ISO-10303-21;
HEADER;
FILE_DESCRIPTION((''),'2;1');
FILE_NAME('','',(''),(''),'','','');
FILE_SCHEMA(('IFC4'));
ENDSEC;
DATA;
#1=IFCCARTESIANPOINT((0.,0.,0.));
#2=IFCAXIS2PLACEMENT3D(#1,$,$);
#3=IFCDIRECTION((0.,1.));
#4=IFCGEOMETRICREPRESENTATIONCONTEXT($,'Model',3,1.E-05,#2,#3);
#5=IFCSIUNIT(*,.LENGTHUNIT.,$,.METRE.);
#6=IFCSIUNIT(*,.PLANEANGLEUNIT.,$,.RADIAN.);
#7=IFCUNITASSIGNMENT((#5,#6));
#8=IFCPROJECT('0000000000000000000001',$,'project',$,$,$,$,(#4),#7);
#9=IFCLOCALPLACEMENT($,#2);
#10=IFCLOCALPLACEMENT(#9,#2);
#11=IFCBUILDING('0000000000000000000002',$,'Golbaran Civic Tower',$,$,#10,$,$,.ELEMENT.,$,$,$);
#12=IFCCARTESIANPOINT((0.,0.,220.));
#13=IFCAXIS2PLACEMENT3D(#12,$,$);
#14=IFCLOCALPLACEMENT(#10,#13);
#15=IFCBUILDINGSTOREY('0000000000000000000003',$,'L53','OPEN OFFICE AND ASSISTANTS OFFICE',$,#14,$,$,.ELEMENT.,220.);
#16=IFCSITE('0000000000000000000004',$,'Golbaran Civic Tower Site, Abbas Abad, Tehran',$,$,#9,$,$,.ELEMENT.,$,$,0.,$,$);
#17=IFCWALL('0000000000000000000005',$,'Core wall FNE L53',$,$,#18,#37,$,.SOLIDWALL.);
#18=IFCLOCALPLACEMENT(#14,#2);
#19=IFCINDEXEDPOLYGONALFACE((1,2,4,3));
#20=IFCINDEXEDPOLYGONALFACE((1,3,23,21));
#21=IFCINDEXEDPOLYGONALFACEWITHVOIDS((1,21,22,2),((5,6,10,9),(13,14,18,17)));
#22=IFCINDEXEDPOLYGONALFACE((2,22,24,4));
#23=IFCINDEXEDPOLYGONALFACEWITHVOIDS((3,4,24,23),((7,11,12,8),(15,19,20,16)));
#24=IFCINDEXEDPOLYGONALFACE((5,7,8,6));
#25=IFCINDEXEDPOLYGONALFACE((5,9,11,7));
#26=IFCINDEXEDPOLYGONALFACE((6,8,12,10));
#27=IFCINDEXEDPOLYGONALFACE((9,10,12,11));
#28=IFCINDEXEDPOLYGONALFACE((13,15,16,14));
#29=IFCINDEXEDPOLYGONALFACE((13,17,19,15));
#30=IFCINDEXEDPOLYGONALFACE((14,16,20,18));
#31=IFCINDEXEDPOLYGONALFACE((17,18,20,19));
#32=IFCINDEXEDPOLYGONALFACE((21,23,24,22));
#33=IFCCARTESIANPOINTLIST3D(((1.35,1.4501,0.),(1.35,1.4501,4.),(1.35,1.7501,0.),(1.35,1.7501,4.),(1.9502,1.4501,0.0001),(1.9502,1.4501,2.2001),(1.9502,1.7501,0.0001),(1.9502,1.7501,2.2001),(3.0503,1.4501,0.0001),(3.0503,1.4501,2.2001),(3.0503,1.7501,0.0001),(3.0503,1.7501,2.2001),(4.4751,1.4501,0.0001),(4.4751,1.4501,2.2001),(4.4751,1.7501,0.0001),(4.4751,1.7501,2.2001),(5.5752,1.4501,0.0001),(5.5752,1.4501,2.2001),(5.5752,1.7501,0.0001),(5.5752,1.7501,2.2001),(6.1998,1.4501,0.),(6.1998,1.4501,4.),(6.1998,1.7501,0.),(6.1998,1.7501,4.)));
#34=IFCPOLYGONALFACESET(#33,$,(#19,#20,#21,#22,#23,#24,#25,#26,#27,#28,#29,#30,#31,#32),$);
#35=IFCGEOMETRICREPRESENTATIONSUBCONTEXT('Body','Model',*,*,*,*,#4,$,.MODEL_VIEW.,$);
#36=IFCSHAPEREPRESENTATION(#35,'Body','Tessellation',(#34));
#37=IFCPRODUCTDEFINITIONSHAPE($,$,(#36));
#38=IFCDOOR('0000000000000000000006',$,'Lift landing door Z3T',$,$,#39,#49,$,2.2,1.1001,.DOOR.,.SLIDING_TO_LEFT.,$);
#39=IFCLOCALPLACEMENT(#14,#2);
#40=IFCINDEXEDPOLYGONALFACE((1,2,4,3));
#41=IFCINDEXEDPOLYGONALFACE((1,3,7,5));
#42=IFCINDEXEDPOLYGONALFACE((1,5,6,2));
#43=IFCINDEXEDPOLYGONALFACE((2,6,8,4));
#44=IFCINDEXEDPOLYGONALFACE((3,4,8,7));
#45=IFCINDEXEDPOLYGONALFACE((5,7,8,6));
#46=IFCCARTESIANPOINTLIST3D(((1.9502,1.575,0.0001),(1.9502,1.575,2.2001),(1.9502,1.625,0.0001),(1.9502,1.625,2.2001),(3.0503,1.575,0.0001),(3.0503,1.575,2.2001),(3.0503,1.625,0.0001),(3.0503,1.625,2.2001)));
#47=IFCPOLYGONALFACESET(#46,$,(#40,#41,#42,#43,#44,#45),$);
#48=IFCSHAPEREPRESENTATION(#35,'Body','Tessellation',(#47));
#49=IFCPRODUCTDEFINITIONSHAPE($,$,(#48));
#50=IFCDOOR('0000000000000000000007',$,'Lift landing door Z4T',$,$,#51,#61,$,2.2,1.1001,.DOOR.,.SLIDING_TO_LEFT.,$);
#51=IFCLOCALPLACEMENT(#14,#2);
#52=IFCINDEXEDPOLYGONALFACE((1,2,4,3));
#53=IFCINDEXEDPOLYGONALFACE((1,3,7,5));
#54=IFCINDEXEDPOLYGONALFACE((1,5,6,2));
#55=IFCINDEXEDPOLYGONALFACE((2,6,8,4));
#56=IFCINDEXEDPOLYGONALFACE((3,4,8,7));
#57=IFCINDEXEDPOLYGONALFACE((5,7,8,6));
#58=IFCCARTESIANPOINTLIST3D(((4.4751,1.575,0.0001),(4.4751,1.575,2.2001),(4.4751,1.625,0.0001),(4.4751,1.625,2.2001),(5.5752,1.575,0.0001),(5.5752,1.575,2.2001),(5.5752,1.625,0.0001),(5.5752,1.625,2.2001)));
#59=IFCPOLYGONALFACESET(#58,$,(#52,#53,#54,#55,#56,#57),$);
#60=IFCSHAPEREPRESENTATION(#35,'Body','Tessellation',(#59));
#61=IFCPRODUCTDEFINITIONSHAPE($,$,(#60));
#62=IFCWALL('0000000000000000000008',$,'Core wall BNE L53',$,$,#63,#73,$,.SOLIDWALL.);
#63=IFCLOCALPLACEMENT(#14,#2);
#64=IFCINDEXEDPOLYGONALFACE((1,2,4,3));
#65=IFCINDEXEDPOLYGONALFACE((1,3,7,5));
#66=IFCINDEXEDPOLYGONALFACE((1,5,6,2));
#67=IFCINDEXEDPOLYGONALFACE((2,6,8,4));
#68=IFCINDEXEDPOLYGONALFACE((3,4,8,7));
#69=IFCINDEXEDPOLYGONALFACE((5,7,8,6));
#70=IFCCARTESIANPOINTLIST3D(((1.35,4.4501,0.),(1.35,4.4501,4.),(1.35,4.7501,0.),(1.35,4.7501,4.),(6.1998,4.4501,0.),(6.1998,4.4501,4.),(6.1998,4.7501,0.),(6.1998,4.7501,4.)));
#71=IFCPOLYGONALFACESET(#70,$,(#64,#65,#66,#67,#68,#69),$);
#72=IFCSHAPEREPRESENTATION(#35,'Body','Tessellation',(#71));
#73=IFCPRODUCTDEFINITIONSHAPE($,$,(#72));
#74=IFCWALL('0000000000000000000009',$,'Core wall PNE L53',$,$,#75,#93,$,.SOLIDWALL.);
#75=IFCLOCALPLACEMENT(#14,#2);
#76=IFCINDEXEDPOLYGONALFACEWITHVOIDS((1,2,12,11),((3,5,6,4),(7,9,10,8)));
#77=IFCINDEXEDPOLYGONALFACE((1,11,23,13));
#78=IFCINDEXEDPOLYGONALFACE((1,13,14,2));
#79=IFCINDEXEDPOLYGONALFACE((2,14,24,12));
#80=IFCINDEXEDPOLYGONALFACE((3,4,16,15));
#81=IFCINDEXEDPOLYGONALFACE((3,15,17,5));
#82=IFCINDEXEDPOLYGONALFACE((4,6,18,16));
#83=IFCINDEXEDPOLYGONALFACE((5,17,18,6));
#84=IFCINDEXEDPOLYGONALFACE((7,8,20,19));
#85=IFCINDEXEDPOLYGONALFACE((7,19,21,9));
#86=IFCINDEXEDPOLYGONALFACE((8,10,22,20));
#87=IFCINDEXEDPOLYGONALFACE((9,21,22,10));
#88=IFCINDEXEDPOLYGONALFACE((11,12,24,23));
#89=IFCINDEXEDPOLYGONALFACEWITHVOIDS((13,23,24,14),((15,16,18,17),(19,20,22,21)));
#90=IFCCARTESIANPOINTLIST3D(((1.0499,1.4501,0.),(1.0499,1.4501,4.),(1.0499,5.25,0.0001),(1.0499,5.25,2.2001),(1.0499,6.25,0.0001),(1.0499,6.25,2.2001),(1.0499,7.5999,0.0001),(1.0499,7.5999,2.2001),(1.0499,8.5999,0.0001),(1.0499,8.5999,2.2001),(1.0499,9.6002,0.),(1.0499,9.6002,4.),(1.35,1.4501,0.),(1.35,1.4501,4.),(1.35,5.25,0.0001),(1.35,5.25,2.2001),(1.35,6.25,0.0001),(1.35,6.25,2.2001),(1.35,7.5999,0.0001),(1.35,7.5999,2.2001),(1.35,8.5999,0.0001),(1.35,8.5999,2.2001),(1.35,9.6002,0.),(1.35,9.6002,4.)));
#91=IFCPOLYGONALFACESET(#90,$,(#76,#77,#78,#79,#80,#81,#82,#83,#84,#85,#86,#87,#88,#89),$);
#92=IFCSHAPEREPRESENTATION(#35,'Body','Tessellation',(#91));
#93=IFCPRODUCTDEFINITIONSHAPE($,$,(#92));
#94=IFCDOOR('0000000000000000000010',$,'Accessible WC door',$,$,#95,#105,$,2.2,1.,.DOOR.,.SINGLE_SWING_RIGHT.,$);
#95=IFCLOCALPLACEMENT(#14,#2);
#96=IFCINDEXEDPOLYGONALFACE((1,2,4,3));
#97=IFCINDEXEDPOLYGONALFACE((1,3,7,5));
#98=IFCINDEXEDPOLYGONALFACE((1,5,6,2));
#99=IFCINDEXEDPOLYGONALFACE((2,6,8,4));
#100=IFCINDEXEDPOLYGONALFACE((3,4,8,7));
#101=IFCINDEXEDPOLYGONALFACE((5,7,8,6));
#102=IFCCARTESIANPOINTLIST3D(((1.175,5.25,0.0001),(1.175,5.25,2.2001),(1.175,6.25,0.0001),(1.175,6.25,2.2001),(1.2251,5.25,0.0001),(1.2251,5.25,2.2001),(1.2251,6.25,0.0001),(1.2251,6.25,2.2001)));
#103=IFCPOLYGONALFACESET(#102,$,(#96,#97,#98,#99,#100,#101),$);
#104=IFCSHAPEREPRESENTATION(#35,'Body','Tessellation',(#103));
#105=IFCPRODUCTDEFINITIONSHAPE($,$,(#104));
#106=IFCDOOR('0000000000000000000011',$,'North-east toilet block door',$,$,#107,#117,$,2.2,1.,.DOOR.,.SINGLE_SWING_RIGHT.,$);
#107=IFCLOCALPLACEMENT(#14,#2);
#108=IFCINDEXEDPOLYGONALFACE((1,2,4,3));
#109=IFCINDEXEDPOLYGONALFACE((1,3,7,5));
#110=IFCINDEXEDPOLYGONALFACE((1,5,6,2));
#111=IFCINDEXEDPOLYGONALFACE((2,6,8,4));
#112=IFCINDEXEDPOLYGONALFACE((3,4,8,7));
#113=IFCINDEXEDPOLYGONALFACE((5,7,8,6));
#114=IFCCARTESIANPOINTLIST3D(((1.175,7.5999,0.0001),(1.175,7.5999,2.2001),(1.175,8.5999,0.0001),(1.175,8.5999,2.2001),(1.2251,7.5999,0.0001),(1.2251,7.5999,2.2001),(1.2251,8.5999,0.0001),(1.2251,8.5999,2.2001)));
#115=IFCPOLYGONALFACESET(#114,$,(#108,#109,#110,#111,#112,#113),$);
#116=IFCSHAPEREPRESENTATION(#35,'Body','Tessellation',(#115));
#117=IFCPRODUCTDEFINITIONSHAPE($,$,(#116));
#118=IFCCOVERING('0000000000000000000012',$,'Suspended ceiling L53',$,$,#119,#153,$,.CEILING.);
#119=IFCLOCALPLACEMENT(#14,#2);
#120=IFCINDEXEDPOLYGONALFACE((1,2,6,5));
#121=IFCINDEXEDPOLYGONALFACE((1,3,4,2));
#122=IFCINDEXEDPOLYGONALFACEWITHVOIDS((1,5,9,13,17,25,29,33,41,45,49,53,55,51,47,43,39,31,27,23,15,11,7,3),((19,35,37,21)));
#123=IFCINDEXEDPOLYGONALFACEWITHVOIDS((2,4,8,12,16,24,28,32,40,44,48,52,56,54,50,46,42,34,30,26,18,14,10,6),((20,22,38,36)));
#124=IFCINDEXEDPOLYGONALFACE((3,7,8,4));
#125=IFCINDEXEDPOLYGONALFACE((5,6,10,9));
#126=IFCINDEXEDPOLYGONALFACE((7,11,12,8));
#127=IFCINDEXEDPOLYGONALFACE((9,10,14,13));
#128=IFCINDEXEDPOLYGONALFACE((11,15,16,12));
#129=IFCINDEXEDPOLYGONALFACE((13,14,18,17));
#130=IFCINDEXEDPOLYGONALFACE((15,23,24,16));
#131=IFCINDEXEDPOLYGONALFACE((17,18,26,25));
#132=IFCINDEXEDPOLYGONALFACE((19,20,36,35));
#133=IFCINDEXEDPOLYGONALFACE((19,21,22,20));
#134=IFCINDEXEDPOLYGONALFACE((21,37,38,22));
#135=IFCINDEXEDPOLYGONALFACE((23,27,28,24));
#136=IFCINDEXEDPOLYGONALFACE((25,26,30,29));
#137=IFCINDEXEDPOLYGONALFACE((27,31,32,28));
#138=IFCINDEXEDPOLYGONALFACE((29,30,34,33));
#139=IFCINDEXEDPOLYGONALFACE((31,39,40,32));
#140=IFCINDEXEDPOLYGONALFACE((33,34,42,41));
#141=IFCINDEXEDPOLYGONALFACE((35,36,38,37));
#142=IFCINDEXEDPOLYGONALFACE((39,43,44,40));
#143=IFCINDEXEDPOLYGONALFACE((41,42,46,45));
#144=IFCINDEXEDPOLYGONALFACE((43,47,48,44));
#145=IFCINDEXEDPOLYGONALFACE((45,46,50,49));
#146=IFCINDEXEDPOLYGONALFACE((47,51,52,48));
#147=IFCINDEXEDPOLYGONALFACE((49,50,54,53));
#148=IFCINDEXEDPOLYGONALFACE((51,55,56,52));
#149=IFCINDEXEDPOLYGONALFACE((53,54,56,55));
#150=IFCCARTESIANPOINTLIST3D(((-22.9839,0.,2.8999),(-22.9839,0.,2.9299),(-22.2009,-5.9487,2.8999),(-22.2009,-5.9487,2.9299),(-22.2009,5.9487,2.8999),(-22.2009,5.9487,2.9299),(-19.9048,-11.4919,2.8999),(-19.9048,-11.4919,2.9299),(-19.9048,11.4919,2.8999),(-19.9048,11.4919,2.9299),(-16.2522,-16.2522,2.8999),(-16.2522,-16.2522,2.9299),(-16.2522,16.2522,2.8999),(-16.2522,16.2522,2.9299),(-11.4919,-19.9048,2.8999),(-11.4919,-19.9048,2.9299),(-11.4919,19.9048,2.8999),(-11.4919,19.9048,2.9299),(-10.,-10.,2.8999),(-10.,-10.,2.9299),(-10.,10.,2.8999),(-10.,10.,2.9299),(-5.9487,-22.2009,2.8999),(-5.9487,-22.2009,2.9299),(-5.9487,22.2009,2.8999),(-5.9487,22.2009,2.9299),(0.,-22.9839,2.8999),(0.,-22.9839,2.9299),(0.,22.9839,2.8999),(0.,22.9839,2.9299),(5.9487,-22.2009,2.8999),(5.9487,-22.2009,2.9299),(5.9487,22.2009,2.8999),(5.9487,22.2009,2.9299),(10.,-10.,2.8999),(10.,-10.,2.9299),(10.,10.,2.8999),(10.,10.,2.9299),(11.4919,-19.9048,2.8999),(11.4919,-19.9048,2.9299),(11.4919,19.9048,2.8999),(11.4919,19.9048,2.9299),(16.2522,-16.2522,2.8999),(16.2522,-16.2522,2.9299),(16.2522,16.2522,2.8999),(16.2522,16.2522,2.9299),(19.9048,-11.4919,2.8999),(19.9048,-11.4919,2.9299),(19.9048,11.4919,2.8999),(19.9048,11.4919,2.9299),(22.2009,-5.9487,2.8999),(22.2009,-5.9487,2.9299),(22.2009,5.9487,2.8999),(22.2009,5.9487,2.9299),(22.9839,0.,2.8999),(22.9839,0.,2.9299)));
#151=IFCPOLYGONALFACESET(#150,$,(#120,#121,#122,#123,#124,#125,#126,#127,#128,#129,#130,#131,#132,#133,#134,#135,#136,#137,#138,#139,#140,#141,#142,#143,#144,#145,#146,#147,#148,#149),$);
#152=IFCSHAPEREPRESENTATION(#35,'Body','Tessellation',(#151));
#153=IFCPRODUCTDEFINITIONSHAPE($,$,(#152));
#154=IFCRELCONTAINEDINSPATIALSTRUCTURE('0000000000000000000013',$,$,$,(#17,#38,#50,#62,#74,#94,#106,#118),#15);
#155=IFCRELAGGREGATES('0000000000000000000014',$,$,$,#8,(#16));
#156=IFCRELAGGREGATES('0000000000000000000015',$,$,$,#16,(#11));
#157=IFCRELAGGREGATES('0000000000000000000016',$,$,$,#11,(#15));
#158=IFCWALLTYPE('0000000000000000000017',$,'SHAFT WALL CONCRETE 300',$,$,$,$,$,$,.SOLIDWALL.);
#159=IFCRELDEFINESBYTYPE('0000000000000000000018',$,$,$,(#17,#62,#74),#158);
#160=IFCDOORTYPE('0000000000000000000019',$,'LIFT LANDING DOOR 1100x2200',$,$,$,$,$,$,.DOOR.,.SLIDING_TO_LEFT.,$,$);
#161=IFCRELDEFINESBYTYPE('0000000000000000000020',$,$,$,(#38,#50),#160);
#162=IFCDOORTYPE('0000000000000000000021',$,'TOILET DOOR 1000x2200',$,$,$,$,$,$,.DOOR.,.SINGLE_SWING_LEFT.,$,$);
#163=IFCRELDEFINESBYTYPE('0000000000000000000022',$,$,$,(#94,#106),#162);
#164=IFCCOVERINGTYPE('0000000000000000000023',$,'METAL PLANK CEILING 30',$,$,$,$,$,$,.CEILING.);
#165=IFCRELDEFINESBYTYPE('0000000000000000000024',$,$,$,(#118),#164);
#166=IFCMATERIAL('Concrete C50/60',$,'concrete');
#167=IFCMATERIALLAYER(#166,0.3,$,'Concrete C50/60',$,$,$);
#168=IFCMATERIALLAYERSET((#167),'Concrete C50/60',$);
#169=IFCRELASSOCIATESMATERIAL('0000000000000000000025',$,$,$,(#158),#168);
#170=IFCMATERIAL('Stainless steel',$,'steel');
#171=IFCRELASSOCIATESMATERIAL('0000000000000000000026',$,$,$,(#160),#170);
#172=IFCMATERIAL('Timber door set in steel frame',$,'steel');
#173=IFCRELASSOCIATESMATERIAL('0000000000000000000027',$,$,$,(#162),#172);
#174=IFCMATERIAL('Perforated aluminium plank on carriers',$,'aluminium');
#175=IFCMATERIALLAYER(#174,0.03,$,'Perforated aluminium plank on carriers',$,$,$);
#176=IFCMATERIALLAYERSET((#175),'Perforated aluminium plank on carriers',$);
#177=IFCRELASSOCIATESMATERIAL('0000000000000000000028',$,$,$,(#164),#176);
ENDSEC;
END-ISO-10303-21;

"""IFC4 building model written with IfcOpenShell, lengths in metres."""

from ifc_helpers import new_model, si_unit, direction, frame, frame_2d, origin, place, context, subcontext, project, spatial, polyline, rectangle, outline, extrude, material, layer, layer_set, type_object, element, fill, save


model = new_model("IFC4")

# Units and contexts
model_context = context("Model", 3, precision=1e-05, world=origin(), true_north=direction((0.0, 1.0)))
body_context = subcontext(model_context, "Body", "Model", "MODEL_VIEW")
ifc_project = project(units=[si_unit("LENGTHUNIT", "METRE"), si_unit("PLANEANGLEUNIT", "RADIAN")], contexts=[model_context])

# Site, building, storey
site_placement = place(None, origin())
site = spatial("IfcSite", under=ifc_project, at=site_placement, Name="Golbaran Civic Tower Site, Abbas Abad, Tehran", CompositionType="ELEMENT", RefElevation=0.0)
building_placement = place(site_placement, origin())
building = spatial("IfcBuilding", under=site, at=building_placement, Name="Golbaran Civic Tower", CompositionType="ELEMENT")
storey_placement = place(building_placement, frame((0.0, 0.0, 220.0)))
storey = spatial("IfcBuildingStorey", under=building, at=storey_placement, Name="L53", Description="OPEN OFFICE AND ASSISTANTS OFFICE", CompositionType="ELEMENT", Elevation=220.0)

# Shared definitions
ifc_material_1 = material(Name="Timber door set in steel frame", Category="steel")

# Wall, openings, doors
ifc_material_2 = material(Name="Concrete C50/60", Category="concrete")
ifc_layer_1 = layer(ifc_material_2, 0.3, Name="Concrete C50/60")
ifc_layer_set_1 = layer_set([ifc_layer_1], Name="Concrete C50/60")
wall_type_1 = type_object("IfcWallType", Name="SHAFT WALL CONCRETE 300", PredefinedType="SOLIDWALL", material=ifc_layer_set_1)
wall_1_placement = place(storey_placement, frame((1.3501, 1.6001, 0.0), z_axis=(0.0, 0.0, 1.0), x_axis=(1.0, 0.0, 0.0)))
wall_1 = element("IfcWall", 1, at=wall_1_placement, inside=storey, type_object=wall_type_1, Name="Core wall FNE L53", PredefinedType="SOLIDWALL", context=body_context, shape_type="SweptSolid", body=[
    extrude(rectangle(XDim=4.8499, YDim=0.3, at=frame_2d((2.4248, 0.0))), origin(), (0.0, 0.0, 1.0), 4.0),
])
opening_1_placement = place(wall_1_placement, frame((0.6001, 0.0, 0.0)))
opening_1 = element("IfcOpeningElement", 2, at=opening_1_placement, cuts=wall_1, PredefinedType="OPENING", context=body_context, shape_type="SweptSolid", body=[
    extrude(rectangle(XDim=1.1001, YDim=2.2, at=frame_2d((0.55, 1.1001))), frame((0.0, 0.1599, 0.0), z_axis=(0.0, -1.0, 0.0), x_axis=(1.0, 0.0, 0.0)), (0.0, 0.0, 1.0), 0.3201),
])
opening_2_placement = place(wall_1_placement, frame((3.125, 0.0, 0.0)))
opening_2 = element("IfcOpeningElement", 3, at=opening_2_placement, cuts=wall_1, PredefinedType="OPENING", context=body_context, shape_type="SweptSolid", body=[
    extrude(rectangle(XDim=1.1001, YDim=2.2, at=frame_2d((0.55, 1.1001))), frame((0.0, 0.1599, 0.0), z_axis=(0.0, -1.0, 0.0), x_axis=(1.0, 0.0, 0.0)), (0.0, 0.0, 1.0), 0.3201),
])
ifc_material_3 = material(Name="Stainless steel", Category="steel")
door_type_1 = type_object("IfcDoorType", Name="LIFT LANDING DOOR 1100x2200", OperationType="SLIDING_TO_LEFT", PredefinedType="DOOR", material=ifc_material_3)
door_1_placement = place(opening_1_placement, origin())
door_1 = element("IfcDoor", 4, at=door_1_placement, inside=storey, type_object=door_type_1, Name="Lift landing door Z3T", OperationType="SLIDING_TO_LEFT", OverallHeight=2.2, OverallWidth=1.1001, PredefinedType="DOOR", context=body_context, shape_type="SweptSolid", body=[
    extrude(rectangle(XDim=1.1001, YDim=2.2, at=frame_2d((0.55, 1.1001))), frame((0.0, 0.0249, 0.0), z_axis=(0.0, -1.0, 0.0), x_axis=(1.0, 0.0, 0.0)), (0.0, 0.0, 1.0), 0.05),
])
fill(opening_1, door_1)
door_2_placement = place(opening_2_placement, origin())
door_2 = element("IfcDoor", 5, at=door_2_placement, inside=storey, type_object=door_type_1, Name="Lift landing door Z4T", OperationType="SLIDING_TO_LEFT", OverallHeight=2.2, OverallWidth=1.1001, PredefinedType="DOOR", context=body_context, shape_type="SweptSolid", body=[
    extrude(rectangle(XDim=1.1001, YDim=2.2, at=frame_2d((0.55, 1.1001))), frame((0.0, 0.0249, 0.0), z_axis=(0.0, -1.0, 0.0), x_axis=(1.0, 0.0, 0.0)), (0.0, 0.0, 1.0), 0.05),
])
fill(opening_2, door_2)

# Wall
wall_2_placement = place(storey_placement, frame((1.3501, 4.6001, 0.0), z_axis=(0.0, 0.0, 1.0), x_axis=(1.0, 0.0, 0.0)))
element("IfcWall", 6, at=wall_2_placement, inside=storey, type_object=wall_type_1, Name="Core wall BNE L53", PredefinedType="SOLIDWALL", context=body_context, shape_type="SweptSolid", body=[
    extrude(rectangle(XDim=4.8499, YDim=0.3, at=frame_2d((2.4248, 0.0))), origin(), (0.0, 0.0, 1.0), 4.0),
])

# Wall, openings, doors
wall_3_placement = place(storey_placement, frame((1.2, 1.45, 0.0), z_axis=(0.0, 0.0, 1.0), x_axis=(0.0, 1.0, 0.0)))
wall_3 = element("IfcWall", 7, at=wall_3_placement, inside=storey, type_object=wall_type_1, Name="Core wall PNE L53", PredefinedType="SOLIDWALL", context=body_context, shape_type="SweptSolid", body=[
    extrude(rectangle(XDim=8.1501, YDim=0.3, at=frame_2d((4.0752, 0.0))), origin(), (0.0, 0.0, 1.0), 4.0),
])
opening_3_placement = place(wall_3_placement, frame((3.8, 0.0, 0.0)))
opening_3 = element("IfcOpeningElement", 8, at=opening_3_placement, cuts=wall_3, PredefinedType="OPENING", context=body_context, shape_type="SweptSolid", body=[
    extrude(rectangle(XDim=1.0, YDim=2.2, at=frame_2d((0.5, 1.1001))), frame((0.0, 0.1599, 0.0), z_axis=(0.0, -1.0, 0.0), x_axis=(1.0, 0.0, 0.0)), (0.0, 0.0, 1.0), 0.3201),
])
opening_4_placement = place(wall_3_placement, frame((6.1499, 0.0, 0.0)))
opening_4 = element("IfcOpeningElement", 9, at=opening_4_placement, cuts=wall_3, PredefinedType="OPENING", context=body_context, shape_type="SweptSolid", body=[
    extrude(rectangle(XDim=1.0, YDim=2.2, at=frame_2d((0.5, 1.1001))), frame((0.0, 0.1599, 0.0), z_axis=(0.0, -1.0, 0.0), x_axis=(1.0, 0.0, 0.0)), (0.0, 0.0, 1.0), 0.3201),
])
door_type_2 = type_object("IfcDoorType", Name="TOILET DOOR 1000x2200", OperationType="SINGLE_SWING_LEFT", PredefinedType="DOOR", material=ifc_material_1)
door_3_placement = place(opening_3_placement, origin())
door_3 = element("IfcDoor", 10, at=door_3_placement, inside=storey, type_object=door_type_2, Name="Accessible WC door", OperationType="SINGLE_SWING_RIGHT", OverallHeight=2.2, OverallWidth=1.0, PredefinedType="DOOR", context=body_context, shape_type="SweptSolid", body=[
    extrude(rectangle(XDim=1.0, YDim=2.2, at=frame_2d((0.5, 1.1001))), frame((0.0, 0.0249, 0.0), z_axis=(0.0, -1.0, 0.0), x_axis=(1.0, 0.0, 0.0)), (0.0, 0.0, 1.0), 0.05),
])
fill(opening_3, door_3)
door_4_placement = place(opening_4_placement, origin())
door_4 = element("IfcDoor", 11, at=door_4_placement, inside=storey, type_object=door_type_2, Name="North-east toilet block door", OperationType="SINGLE_SWING_RIGHT", OverallHeight=2.2, OverallWidth=1.0, PredefinedType="DOOR", context=body_context, shape_type="SweptSolid", body=[
    extrude(rectangle(XDim=1.0, YDim=2.2, at=frame_2d((0.5, 1.1001))), frame((0.0, 0.0249, 0.0), z_axis=(0.0, -1.0, 0.0), x_axis=(1.0, 0.0, 0.0)), (0.0, 0.0, 1.0), 0.05),
])
fill(opening_4, door_4)

# Covering
ifc_material_4 = material(Name="Perforated aluminium plank on carriers", Category="aluminium")
ifc_layer_2 = layer(ifc_material_4, 0.03, Name="Perforated aluminium plank on carriers")
ifc_layer_set_2 = layer_set([ifc_layer_2], Name="Perforated aluminium plank on carriers")
covering_type_1 = type_object("IfcCoveringType", Name="METAL PLANK CEILING 30", PredefinedType="CEILING", material=ifc_layer_set_2)
covering_1_placement = place(storey_placement, frame((0.0, 0.0, 2.8999)))
element("IfcCovering", 12, at=covering_1_placement, inside=storey, type_object=covering_type_1, Name="Suspended ceiling L53", PredefinedType="CEILING", context=body_context, shape_type="SweptSolid", body=[
    extrude(outline(polyline([(-16.2522, 16.2522), (-11.4919, 19.9048), (-5.9487, 22.2009), (0.0, 22.9839), (5.9487, 22.2009), (11.4919, 19.9048), (16.2522, 16.2522), (19.9048, 11.4919), (22.2009, 5.9487), (22.9839, 0.0), (22.2009, -5.9487), (19.9048, -11.4919), (16.2522, -16.2522), (11.4919, -19.9048), (5.9487, -22.2009), (0.0, -22.9839), (-5.9487, -22.2009), (-11.4919, -19.9048), (-16.2522, -16.2522), (-19.9048, -11.4919), (-22.2009, -5.9487), (-22.9839, 0.0), (-22.2009, 5.9487), (-19.9048, 11.4919), (-16.2522, 16.2522)]), holes=[polyline([(10.0, -10.0), (10.0, 10.0), (-10.0, 10.0), (-10.0, -10.0), (10.0, -10.0)])]), origin(), (0.0, 0.0, 1.0), 0.03),
])

save(model, "model.ifc")
